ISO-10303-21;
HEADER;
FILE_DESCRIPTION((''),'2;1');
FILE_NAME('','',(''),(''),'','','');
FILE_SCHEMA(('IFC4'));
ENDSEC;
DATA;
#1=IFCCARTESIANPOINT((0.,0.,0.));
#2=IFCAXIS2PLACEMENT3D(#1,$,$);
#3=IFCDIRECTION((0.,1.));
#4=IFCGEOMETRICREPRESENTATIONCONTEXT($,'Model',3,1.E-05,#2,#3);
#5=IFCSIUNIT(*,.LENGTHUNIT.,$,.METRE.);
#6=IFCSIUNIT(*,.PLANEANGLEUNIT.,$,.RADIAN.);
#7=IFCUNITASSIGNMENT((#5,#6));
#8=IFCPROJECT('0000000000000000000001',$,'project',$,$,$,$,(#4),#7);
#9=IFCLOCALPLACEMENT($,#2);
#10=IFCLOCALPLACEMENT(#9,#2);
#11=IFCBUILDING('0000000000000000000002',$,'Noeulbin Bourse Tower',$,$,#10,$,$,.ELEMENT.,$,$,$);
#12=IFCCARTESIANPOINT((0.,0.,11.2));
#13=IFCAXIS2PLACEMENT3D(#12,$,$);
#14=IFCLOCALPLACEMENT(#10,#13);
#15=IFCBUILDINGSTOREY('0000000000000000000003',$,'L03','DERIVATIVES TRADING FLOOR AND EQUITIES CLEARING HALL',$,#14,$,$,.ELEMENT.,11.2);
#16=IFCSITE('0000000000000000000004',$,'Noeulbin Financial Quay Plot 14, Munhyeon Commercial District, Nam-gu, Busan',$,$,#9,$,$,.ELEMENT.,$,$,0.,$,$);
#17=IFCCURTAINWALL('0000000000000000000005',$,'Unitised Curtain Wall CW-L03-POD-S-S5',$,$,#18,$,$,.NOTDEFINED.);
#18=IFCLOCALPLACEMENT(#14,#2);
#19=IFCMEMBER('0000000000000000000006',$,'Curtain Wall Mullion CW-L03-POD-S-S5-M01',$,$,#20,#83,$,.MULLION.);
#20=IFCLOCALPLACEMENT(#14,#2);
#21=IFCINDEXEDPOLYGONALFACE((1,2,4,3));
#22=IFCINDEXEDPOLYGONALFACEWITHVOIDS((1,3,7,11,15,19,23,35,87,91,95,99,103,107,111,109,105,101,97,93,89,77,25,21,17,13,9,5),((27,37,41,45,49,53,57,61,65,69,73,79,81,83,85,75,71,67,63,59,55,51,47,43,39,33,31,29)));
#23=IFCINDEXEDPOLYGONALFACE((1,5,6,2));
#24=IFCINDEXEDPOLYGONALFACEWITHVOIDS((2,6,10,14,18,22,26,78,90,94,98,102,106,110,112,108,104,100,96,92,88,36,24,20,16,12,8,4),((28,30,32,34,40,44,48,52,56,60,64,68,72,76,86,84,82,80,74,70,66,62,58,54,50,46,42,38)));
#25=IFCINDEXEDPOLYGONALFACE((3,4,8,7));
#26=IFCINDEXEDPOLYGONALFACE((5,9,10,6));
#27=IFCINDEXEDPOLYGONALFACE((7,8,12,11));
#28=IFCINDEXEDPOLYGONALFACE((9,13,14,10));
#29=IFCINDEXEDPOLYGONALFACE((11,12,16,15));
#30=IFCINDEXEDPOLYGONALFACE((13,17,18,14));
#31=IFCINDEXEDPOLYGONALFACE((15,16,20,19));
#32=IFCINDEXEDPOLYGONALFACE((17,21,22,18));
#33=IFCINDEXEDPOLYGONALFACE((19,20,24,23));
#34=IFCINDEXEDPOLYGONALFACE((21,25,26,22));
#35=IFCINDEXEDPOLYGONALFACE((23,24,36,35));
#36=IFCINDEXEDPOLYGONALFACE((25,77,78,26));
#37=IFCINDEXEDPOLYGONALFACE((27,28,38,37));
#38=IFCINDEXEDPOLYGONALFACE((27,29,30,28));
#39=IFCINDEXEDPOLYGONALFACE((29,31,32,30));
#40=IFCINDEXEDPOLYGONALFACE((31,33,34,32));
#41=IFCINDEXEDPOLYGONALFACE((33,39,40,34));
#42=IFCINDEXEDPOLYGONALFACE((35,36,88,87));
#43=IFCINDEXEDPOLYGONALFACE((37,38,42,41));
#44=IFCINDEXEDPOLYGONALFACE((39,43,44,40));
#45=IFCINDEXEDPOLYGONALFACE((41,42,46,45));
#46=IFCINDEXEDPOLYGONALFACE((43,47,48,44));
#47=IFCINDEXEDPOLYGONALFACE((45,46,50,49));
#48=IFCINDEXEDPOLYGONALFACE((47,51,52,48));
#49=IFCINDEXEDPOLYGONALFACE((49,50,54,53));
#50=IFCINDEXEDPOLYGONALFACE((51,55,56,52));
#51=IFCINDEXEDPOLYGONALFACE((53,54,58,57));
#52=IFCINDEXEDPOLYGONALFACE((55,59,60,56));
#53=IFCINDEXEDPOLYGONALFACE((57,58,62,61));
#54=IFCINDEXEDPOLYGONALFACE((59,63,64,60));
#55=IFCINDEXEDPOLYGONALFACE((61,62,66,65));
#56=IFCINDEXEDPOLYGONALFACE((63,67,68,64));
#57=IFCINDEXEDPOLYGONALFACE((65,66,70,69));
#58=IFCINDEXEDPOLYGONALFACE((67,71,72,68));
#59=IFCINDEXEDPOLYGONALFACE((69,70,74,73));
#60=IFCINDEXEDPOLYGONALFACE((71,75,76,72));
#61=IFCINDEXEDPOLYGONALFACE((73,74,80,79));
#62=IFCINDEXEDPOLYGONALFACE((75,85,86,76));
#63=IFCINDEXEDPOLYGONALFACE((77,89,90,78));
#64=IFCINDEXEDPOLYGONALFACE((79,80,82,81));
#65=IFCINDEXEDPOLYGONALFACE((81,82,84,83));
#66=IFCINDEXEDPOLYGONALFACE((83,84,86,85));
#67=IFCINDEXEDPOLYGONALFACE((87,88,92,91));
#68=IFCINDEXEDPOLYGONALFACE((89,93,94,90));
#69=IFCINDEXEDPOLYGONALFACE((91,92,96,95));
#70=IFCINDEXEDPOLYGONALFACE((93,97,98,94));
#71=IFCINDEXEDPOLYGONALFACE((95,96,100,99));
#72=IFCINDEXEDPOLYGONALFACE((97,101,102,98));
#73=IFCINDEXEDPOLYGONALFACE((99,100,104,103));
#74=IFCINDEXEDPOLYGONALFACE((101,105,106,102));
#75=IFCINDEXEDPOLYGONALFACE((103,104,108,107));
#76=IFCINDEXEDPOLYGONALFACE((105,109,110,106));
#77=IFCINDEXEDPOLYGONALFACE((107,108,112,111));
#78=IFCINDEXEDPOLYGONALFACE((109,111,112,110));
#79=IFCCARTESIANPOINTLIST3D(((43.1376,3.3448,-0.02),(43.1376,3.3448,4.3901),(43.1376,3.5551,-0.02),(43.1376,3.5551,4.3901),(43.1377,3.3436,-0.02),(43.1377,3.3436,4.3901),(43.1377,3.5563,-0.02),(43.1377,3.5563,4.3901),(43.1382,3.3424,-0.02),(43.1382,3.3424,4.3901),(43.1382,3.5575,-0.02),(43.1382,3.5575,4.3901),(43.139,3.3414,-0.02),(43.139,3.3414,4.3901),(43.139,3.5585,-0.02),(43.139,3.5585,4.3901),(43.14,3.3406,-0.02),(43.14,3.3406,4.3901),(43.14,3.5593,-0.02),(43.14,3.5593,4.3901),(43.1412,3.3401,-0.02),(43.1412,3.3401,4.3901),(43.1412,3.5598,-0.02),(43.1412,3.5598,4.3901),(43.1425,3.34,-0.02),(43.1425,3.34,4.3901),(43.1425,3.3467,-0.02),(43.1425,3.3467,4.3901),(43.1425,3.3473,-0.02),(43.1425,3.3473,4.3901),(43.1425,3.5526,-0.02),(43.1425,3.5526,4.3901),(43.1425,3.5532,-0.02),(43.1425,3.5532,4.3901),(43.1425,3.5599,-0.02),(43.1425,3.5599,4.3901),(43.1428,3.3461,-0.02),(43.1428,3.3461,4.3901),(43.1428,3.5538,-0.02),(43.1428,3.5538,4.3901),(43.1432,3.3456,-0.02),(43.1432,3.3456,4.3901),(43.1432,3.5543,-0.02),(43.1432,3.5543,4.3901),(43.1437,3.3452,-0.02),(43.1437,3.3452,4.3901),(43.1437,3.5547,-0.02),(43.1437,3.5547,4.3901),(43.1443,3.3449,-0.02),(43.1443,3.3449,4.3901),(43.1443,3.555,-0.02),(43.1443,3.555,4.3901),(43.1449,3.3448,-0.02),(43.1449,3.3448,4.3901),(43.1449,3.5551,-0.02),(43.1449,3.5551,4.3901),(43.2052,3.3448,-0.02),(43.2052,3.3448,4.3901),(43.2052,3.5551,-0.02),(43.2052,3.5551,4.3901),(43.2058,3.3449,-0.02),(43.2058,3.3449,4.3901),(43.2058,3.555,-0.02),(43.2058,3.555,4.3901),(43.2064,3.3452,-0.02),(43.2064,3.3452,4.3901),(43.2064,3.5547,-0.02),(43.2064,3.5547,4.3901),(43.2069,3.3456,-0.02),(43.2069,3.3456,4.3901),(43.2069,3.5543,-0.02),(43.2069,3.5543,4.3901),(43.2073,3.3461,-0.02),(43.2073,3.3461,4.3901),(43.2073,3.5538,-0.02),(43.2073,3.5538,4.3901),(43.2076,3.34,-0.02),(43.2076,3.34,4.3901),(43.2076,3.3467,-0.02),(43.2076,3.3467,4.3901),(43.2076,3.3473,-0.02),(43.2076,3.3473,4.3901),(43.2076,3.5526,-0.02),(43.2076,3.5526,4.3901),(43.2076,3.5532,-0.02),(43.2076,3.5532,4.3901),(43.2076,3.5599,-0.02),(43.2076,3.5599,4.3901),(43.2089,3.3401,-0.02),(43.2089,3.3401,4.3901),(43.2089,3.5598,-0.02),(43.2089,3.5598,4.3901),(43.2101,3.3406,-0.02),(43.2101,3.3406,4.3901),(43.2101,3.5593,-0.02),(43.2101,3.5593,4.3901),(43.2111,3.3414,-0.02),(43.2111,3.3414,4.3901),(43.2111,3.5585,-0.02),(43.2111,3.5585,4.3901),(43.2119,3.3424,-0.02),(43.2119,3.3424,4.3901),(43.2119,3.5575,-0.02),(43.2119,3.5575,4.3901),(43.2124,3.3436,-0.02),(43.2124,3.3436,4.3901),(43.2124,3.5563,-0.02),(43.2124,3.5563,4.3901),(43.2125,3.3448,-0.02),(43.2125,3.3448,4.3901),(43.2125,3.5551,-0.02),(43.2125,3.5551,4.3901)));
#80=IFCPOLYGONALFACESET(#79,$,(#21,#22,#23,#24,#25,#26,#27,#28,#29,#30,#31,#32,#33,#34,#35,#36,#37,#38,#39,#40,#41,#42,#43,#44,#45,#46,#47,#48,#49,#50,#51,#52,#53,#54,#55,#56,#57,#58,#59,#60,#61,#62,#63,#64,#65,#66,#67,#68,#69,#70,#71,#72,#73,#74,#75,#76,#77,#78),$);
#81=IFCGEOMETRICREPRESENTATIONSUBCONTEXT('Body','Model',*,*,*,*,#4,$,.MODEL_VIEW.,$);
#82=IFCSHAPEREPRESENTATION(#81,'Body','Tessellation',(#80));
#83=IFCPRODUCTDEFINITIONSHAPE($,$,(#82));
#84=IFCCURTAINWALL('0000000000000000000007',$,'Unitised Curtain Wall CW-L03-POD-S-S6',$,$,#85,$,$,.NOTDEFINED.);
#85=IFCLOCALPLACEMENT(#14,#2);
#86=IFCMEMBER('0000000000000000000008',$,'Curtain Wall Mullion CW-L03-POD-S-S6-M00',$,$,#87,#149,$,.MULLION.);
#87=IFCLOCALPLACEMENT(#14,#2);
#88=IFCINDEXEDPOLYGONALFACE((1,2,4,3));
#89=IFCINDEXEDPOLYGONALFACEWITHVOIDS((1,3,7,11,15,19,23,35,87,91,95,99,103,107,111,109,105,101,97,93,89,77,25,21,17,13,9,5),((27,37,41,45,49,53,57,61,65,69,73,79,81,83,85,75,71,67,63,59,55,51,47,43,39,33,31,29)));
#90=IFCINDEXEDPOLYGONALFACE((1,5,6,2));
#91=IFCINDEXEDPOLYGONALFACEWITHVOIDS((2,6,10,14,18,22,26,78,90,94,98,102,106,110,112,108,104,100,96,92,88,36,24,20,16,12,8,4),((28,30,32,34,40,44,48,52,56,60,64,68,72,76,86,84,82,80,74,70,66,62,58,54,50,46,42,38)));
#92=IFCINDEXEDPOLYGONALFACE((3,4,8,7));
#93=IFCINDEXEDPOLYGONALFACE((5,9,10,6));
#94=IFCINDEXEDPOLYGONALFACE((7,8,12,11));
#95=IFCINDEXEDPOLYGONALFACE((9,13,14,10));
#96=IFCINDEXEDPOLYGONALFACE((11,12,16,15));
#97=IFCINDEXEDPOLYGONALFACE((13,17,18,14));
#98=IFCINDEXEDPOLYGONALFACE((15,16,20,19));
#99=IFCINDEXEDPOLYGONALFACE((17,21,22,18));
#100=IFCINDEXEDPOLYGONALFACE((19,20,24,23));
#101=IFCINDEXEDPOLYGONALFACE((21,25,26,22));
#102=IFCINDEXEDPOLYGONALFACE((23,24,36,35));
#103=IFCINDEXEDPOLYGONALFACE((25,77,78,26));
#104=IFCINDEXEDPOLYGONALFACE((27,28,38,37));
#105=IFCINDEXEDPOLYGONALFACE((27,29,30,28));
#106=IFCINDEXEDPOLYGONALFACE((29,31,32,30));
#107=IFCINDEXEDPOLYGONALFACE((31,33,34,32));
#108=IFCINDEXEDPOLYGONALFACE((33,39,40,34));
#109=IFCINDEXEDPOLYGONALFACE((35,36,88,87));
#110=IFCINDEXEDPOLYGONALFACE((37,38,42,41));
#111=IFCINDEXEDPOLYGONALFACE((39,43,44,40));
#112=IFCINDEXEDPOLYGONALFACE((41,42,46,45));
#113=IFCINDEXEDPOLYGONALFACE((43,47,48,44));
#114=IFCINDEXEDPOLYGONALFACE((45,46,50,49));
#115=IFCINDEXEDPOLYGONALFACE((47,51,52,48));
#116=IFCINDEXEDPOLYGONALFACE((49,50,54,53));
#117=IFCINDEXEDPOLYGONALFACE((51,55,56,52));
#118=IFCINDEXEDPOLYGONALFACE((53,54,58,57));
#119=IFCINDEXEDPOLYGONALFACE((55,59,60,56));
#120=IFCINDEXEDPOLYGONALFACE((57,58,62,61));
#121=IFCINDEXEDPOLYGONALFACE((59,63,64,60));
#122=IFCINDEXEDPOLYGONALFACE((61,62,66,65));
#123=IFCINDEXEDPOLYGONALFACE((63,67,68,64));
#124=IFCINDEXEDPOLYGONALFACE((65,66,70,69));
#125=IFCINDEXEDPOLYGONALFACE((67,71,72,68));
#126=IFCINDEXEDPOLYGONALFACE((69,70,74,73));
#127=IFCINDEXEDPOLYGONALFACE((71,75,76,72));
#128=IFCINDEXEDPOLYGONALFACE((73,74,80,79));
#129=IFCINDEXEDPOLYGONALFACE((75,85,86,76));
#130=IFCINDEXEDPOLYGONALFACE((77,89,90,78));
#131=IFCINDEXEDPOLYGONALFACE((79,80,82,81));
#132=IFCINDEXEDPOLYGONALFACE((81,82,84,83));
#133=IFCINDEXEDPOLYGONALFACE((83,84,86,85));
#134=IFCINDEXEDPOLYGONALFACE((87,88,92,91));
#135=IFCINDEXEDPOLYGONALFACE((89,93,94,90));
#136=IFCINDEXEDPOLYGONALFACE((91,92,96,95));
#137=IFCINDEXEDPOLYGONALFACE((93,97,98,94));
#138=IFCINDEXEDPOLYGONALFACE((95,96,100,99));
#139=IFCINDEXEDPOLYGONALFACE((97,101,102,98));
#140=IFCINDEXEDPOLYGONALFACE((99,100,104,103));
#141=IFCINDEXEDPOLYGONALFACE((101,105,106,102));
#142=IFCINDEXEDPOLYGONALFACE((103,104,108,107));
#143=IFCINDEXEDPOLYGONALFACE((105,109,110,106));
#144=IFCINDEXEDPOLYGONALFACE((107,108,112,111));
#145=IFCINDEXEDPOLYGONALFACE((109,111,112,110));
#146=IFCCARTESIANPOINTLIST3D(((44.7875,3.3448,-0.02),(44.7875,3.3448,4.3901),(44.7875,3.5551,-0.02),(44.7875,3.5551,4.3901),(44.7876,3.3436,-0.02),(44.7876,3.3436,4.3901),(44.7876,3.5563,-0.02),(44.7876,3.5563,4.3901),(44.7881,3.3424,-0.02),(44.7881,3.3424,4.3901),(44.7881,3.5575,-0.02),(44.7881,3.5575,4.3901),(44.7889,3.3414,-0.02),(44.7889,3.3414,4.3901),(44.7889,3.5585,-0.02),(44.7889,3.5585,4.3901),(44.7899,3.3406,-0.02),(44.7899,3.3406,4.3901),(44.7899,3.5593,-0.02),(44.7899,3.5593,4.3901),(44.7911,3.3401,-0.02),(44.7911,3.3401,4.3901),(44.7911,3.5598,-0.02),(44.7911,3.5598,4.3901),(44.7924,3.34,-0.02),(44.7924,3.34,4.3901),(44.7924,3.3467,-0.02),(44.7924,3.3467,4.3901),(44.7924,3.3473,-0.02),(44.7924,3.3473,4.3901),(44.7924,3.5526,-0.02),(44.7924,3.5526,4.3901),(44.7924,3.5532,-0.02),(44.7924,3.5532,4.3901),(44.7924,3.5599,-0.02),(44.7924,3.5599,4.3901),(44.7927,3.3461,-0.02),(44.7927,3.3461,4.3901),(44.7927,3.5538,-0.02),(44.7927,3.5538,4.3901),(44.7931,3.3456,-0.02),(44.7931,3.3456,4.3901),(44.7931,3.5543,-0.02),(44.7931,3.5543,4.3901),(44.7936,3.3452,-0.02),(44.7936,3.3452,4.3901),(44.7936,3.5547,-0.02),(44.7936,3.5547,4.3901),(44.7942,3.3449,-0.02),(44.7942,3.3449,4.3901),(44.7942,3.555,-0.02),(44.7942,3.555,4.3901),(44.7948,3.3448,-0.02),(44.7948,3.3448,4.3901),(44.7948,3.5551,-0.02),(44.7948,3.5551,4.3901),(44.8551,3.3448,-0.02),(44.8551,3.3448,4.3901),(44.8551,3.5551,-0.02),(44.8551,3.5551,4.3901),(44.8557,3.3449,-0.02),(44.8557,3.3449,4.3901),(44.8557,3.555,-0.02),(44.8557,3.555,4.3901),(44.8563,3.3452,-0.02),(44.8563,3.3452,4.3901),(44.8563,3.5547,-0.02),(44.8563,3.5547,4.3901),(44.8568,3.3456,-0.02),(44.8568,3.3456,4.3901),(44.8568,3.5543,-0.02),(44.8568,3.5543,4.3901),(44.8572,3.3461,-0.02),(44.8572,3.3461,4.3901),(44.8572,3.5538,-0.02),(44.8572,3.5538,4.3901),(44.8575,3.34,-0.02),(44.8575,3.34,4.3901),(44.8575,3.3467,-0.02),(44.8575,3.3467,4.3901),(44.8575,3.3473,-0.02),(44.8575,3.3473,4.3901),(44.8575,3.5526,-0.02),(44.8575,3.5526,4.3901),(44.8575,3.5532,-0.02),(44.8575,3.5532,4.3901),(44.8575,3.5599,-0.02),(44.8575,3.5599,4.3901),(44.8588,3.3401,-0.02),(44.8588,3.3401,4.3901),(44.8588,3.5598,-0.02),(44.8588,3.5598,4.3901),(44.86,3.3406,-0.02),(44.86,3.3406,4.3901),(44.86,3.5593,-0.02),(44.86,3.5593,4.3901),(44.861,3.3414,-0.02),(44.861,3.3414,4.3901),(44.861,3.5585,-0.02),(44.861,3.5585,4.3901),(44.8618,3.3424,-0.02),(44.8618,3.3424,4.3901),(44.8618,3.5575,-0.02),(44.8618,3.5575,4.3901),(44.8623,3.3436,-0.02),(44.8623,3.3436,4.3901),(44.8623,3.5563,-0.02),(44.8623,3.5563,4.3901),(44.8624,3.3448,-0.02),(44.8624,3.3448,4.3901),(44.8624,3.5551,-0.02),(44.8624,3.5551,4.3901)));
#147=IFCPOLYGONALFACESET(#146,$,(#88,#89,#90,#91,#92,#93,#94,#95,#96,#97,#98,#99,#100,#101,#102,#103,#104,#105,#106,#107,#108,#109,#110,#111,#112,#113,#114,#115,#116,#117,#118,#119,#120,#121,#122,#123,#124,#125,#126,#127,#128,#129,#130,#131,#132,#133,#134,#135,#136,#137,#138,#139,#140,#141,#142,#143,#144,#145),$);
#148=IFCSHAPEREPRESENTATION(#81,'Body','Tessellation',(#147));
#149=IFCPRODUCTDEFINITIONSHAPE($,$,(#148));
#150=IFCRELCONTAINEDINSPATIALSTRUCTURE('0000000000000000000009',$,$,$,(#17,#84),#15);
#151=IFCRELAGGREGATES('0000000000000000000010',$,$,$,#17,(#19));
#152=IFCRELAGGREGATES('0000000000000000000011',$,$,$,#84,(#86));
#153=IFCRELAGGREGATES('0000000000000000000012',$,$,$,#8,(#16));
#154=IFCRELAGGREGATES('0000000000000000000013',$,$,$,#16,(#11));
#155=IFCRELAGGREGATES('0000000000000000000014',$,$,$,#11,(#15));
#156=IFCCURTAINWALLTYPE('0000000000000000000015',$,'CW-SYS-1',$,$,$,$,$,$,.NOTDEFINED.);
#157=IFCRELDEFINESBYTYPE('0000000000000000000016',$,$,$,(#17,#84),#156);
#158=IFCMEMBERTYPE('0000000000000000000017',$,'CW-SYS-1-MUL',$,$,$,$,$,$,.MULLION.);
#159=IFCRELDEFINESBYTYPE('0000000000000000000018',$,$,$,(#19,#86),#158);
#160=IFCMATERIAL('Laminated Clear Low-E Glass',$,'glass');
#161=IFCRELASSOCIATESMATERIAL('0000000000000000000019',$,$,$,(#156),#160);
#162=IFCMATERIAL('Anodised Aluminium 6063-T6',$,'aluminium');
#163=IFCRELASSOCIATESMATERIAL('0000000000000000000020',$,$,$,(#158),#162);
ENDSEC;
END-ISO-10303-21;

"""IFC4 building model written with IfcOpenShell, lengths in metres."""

from ifc_helpers import new_model, si_unit, direction, frame, origin, origin_2d, place, context, subcontext, project, spatial, hollow_rectangle, extrude, material, material_profile, profile_set, type_object, element, aggregate, save


model = new_model("IFC4")

# Units and contexts
model_context = context("Model", 3, precision=1e-05, world=origin(), true_north=direction((0.0, 1.0)))
body_context = subcontext(model_context, "Body", "Model", "MODEL_VIEW")
ifc_project = project(units=[si_unit("LENGTHUNIT", "METRE"), si_unit("PLANEANGLEUNIT", "RADIAN")], contexts=[model_context])

# Site, building, storey
site_placement = place(None, origin())
site = spatial("IfcSite", under=ifc_project, at=site_placement, Name="Noeulbin Financial Quay Plot 14, Munhyeon Commercial District, Nam-gu, Busan", CompositionType="ELEMENT", RefElevation=0.0)
building_placement = place(site_placement, origin())
building = spatial("IfcBuilding", under=site, at=building_placement, Name="Noeulbin Bourse Tower", CompositionType="ELEMENT")
storey_placement = place(building_placement, frame((0.0, 0.0, 11.2)))
storey = spatial("IfcBuildingStorey", under=building, at=storey_placement, Name="L03", Description="DERIVATIVES TRADING FLOOR AND EQUITIES CLEARING HALL", CompositionType="ELEMENT", Elevation=11.2)

# Curtain wall, member
ifc_material_1 = material(Name="Laminated Clear Low-E Glass", Category="glass")
curtain_wall_type = type_object("IfcCurtainWallType", Name="CW-SYS-1", PredefinedType="NOTDEFINED", material=ifc_material_1)
curtain_wall_1_placement = place(storey_placement, origin())
curtain_wall_1 = element("IfcCurtainWall", 1, at=curtain_wall_1_placement, inside=storey, type_object=curtain_wall_type, Name="Unitised Curtain Wall CW-L03-POD-S-S5", PredefinedType="NOTDEFINED")
ifc_material_2 = material(Name="Anodised Aluminium 6063-T6", Category="aluminium")
ifc_material_profile_1 = material_profile(ifc_material_2, hollow_rectangle(XDim=0.075, YDim=0.22, WallThickness=0.0049, InnerFilletRadius=0.0024, OuterFilletRadius=0.0049, at=origin_2d()), Name="ALU-MULL-75x220x5", Category="LoadBearing")
ifc_profile_set_1 = profile_set([ifc_material_profile_1], Name="Anodised Aluminium 6063-T6")
member_type_1 = type_object("IfcMemberType", Name="CW-SYS-1-MUL", PredefinedType="MULLION", material=ifc_profile_set_1)
member_1_placement = place(storey_placement, frame((43.175, 3.45, -0.02), z_axis=(0.0, 0.0, 1.0), x_axis=(1.0, 0.0, 0.0)))
member_1 = element("IfcMember", 2, at=member_1_placement, type_object=member_type_1, Name="Curtain Wall Mullion CW-L03-POD-S-S5-M01", PredefinedType="MULLION", context=body_context, shape_type="SweptSolid", body=[
    extrude(hollow_rectangle(XDim=0.075, YDim=0.22, WallThickness=0.0049, InnerFilletRadius=0.0024, OuterFilletRadius=0.0049, at=origin_2d()), origin(), (0.0, 0.0, 1.0), 4.4102),
])

# Curtain wall, member
curtain_wall_2_placement = place(storey_placement, origin())
curtain_wall_2 = element("IfcCurtainWall", 3, at=curtain_wall_2_placement, inside=storey, type_object=curtain_wall_type, Name="Unitised Curtain Wall CW-L03-POD-S-S6", PredefinedType="NOTDEFINED")
member_2_placement = place(storey_placement, frame((44.825, 3.45, -0.02), z_axis=(0.0, 0.0, 1.0), x_axis=(1.0, 0.0, 0.0)))
member_2 = element("IfcMember", 4, at=member_2_placement, type_object=member_type_1, Name="Curtain Wall Mullion CW-L03-POD-S-S6-M00", PredefinedType="MULLION", context=body_context, shape_type="SweptSolid", body=[
    extrude(hollow_rectangle(XDim=0.075, YDim=0.22, WallThickness=0.0049, InnerFilletRadius=0.0024, OuterFilletRadius=0.0049, at=origin_2d()), origin(), (0.0, 0.0, 1.0), 4.4102),
])

aggregate(curtain_wall_1, [member_1])
aggregate(curtain_wall_2, [member_2])

save(model, "model.ifc")
